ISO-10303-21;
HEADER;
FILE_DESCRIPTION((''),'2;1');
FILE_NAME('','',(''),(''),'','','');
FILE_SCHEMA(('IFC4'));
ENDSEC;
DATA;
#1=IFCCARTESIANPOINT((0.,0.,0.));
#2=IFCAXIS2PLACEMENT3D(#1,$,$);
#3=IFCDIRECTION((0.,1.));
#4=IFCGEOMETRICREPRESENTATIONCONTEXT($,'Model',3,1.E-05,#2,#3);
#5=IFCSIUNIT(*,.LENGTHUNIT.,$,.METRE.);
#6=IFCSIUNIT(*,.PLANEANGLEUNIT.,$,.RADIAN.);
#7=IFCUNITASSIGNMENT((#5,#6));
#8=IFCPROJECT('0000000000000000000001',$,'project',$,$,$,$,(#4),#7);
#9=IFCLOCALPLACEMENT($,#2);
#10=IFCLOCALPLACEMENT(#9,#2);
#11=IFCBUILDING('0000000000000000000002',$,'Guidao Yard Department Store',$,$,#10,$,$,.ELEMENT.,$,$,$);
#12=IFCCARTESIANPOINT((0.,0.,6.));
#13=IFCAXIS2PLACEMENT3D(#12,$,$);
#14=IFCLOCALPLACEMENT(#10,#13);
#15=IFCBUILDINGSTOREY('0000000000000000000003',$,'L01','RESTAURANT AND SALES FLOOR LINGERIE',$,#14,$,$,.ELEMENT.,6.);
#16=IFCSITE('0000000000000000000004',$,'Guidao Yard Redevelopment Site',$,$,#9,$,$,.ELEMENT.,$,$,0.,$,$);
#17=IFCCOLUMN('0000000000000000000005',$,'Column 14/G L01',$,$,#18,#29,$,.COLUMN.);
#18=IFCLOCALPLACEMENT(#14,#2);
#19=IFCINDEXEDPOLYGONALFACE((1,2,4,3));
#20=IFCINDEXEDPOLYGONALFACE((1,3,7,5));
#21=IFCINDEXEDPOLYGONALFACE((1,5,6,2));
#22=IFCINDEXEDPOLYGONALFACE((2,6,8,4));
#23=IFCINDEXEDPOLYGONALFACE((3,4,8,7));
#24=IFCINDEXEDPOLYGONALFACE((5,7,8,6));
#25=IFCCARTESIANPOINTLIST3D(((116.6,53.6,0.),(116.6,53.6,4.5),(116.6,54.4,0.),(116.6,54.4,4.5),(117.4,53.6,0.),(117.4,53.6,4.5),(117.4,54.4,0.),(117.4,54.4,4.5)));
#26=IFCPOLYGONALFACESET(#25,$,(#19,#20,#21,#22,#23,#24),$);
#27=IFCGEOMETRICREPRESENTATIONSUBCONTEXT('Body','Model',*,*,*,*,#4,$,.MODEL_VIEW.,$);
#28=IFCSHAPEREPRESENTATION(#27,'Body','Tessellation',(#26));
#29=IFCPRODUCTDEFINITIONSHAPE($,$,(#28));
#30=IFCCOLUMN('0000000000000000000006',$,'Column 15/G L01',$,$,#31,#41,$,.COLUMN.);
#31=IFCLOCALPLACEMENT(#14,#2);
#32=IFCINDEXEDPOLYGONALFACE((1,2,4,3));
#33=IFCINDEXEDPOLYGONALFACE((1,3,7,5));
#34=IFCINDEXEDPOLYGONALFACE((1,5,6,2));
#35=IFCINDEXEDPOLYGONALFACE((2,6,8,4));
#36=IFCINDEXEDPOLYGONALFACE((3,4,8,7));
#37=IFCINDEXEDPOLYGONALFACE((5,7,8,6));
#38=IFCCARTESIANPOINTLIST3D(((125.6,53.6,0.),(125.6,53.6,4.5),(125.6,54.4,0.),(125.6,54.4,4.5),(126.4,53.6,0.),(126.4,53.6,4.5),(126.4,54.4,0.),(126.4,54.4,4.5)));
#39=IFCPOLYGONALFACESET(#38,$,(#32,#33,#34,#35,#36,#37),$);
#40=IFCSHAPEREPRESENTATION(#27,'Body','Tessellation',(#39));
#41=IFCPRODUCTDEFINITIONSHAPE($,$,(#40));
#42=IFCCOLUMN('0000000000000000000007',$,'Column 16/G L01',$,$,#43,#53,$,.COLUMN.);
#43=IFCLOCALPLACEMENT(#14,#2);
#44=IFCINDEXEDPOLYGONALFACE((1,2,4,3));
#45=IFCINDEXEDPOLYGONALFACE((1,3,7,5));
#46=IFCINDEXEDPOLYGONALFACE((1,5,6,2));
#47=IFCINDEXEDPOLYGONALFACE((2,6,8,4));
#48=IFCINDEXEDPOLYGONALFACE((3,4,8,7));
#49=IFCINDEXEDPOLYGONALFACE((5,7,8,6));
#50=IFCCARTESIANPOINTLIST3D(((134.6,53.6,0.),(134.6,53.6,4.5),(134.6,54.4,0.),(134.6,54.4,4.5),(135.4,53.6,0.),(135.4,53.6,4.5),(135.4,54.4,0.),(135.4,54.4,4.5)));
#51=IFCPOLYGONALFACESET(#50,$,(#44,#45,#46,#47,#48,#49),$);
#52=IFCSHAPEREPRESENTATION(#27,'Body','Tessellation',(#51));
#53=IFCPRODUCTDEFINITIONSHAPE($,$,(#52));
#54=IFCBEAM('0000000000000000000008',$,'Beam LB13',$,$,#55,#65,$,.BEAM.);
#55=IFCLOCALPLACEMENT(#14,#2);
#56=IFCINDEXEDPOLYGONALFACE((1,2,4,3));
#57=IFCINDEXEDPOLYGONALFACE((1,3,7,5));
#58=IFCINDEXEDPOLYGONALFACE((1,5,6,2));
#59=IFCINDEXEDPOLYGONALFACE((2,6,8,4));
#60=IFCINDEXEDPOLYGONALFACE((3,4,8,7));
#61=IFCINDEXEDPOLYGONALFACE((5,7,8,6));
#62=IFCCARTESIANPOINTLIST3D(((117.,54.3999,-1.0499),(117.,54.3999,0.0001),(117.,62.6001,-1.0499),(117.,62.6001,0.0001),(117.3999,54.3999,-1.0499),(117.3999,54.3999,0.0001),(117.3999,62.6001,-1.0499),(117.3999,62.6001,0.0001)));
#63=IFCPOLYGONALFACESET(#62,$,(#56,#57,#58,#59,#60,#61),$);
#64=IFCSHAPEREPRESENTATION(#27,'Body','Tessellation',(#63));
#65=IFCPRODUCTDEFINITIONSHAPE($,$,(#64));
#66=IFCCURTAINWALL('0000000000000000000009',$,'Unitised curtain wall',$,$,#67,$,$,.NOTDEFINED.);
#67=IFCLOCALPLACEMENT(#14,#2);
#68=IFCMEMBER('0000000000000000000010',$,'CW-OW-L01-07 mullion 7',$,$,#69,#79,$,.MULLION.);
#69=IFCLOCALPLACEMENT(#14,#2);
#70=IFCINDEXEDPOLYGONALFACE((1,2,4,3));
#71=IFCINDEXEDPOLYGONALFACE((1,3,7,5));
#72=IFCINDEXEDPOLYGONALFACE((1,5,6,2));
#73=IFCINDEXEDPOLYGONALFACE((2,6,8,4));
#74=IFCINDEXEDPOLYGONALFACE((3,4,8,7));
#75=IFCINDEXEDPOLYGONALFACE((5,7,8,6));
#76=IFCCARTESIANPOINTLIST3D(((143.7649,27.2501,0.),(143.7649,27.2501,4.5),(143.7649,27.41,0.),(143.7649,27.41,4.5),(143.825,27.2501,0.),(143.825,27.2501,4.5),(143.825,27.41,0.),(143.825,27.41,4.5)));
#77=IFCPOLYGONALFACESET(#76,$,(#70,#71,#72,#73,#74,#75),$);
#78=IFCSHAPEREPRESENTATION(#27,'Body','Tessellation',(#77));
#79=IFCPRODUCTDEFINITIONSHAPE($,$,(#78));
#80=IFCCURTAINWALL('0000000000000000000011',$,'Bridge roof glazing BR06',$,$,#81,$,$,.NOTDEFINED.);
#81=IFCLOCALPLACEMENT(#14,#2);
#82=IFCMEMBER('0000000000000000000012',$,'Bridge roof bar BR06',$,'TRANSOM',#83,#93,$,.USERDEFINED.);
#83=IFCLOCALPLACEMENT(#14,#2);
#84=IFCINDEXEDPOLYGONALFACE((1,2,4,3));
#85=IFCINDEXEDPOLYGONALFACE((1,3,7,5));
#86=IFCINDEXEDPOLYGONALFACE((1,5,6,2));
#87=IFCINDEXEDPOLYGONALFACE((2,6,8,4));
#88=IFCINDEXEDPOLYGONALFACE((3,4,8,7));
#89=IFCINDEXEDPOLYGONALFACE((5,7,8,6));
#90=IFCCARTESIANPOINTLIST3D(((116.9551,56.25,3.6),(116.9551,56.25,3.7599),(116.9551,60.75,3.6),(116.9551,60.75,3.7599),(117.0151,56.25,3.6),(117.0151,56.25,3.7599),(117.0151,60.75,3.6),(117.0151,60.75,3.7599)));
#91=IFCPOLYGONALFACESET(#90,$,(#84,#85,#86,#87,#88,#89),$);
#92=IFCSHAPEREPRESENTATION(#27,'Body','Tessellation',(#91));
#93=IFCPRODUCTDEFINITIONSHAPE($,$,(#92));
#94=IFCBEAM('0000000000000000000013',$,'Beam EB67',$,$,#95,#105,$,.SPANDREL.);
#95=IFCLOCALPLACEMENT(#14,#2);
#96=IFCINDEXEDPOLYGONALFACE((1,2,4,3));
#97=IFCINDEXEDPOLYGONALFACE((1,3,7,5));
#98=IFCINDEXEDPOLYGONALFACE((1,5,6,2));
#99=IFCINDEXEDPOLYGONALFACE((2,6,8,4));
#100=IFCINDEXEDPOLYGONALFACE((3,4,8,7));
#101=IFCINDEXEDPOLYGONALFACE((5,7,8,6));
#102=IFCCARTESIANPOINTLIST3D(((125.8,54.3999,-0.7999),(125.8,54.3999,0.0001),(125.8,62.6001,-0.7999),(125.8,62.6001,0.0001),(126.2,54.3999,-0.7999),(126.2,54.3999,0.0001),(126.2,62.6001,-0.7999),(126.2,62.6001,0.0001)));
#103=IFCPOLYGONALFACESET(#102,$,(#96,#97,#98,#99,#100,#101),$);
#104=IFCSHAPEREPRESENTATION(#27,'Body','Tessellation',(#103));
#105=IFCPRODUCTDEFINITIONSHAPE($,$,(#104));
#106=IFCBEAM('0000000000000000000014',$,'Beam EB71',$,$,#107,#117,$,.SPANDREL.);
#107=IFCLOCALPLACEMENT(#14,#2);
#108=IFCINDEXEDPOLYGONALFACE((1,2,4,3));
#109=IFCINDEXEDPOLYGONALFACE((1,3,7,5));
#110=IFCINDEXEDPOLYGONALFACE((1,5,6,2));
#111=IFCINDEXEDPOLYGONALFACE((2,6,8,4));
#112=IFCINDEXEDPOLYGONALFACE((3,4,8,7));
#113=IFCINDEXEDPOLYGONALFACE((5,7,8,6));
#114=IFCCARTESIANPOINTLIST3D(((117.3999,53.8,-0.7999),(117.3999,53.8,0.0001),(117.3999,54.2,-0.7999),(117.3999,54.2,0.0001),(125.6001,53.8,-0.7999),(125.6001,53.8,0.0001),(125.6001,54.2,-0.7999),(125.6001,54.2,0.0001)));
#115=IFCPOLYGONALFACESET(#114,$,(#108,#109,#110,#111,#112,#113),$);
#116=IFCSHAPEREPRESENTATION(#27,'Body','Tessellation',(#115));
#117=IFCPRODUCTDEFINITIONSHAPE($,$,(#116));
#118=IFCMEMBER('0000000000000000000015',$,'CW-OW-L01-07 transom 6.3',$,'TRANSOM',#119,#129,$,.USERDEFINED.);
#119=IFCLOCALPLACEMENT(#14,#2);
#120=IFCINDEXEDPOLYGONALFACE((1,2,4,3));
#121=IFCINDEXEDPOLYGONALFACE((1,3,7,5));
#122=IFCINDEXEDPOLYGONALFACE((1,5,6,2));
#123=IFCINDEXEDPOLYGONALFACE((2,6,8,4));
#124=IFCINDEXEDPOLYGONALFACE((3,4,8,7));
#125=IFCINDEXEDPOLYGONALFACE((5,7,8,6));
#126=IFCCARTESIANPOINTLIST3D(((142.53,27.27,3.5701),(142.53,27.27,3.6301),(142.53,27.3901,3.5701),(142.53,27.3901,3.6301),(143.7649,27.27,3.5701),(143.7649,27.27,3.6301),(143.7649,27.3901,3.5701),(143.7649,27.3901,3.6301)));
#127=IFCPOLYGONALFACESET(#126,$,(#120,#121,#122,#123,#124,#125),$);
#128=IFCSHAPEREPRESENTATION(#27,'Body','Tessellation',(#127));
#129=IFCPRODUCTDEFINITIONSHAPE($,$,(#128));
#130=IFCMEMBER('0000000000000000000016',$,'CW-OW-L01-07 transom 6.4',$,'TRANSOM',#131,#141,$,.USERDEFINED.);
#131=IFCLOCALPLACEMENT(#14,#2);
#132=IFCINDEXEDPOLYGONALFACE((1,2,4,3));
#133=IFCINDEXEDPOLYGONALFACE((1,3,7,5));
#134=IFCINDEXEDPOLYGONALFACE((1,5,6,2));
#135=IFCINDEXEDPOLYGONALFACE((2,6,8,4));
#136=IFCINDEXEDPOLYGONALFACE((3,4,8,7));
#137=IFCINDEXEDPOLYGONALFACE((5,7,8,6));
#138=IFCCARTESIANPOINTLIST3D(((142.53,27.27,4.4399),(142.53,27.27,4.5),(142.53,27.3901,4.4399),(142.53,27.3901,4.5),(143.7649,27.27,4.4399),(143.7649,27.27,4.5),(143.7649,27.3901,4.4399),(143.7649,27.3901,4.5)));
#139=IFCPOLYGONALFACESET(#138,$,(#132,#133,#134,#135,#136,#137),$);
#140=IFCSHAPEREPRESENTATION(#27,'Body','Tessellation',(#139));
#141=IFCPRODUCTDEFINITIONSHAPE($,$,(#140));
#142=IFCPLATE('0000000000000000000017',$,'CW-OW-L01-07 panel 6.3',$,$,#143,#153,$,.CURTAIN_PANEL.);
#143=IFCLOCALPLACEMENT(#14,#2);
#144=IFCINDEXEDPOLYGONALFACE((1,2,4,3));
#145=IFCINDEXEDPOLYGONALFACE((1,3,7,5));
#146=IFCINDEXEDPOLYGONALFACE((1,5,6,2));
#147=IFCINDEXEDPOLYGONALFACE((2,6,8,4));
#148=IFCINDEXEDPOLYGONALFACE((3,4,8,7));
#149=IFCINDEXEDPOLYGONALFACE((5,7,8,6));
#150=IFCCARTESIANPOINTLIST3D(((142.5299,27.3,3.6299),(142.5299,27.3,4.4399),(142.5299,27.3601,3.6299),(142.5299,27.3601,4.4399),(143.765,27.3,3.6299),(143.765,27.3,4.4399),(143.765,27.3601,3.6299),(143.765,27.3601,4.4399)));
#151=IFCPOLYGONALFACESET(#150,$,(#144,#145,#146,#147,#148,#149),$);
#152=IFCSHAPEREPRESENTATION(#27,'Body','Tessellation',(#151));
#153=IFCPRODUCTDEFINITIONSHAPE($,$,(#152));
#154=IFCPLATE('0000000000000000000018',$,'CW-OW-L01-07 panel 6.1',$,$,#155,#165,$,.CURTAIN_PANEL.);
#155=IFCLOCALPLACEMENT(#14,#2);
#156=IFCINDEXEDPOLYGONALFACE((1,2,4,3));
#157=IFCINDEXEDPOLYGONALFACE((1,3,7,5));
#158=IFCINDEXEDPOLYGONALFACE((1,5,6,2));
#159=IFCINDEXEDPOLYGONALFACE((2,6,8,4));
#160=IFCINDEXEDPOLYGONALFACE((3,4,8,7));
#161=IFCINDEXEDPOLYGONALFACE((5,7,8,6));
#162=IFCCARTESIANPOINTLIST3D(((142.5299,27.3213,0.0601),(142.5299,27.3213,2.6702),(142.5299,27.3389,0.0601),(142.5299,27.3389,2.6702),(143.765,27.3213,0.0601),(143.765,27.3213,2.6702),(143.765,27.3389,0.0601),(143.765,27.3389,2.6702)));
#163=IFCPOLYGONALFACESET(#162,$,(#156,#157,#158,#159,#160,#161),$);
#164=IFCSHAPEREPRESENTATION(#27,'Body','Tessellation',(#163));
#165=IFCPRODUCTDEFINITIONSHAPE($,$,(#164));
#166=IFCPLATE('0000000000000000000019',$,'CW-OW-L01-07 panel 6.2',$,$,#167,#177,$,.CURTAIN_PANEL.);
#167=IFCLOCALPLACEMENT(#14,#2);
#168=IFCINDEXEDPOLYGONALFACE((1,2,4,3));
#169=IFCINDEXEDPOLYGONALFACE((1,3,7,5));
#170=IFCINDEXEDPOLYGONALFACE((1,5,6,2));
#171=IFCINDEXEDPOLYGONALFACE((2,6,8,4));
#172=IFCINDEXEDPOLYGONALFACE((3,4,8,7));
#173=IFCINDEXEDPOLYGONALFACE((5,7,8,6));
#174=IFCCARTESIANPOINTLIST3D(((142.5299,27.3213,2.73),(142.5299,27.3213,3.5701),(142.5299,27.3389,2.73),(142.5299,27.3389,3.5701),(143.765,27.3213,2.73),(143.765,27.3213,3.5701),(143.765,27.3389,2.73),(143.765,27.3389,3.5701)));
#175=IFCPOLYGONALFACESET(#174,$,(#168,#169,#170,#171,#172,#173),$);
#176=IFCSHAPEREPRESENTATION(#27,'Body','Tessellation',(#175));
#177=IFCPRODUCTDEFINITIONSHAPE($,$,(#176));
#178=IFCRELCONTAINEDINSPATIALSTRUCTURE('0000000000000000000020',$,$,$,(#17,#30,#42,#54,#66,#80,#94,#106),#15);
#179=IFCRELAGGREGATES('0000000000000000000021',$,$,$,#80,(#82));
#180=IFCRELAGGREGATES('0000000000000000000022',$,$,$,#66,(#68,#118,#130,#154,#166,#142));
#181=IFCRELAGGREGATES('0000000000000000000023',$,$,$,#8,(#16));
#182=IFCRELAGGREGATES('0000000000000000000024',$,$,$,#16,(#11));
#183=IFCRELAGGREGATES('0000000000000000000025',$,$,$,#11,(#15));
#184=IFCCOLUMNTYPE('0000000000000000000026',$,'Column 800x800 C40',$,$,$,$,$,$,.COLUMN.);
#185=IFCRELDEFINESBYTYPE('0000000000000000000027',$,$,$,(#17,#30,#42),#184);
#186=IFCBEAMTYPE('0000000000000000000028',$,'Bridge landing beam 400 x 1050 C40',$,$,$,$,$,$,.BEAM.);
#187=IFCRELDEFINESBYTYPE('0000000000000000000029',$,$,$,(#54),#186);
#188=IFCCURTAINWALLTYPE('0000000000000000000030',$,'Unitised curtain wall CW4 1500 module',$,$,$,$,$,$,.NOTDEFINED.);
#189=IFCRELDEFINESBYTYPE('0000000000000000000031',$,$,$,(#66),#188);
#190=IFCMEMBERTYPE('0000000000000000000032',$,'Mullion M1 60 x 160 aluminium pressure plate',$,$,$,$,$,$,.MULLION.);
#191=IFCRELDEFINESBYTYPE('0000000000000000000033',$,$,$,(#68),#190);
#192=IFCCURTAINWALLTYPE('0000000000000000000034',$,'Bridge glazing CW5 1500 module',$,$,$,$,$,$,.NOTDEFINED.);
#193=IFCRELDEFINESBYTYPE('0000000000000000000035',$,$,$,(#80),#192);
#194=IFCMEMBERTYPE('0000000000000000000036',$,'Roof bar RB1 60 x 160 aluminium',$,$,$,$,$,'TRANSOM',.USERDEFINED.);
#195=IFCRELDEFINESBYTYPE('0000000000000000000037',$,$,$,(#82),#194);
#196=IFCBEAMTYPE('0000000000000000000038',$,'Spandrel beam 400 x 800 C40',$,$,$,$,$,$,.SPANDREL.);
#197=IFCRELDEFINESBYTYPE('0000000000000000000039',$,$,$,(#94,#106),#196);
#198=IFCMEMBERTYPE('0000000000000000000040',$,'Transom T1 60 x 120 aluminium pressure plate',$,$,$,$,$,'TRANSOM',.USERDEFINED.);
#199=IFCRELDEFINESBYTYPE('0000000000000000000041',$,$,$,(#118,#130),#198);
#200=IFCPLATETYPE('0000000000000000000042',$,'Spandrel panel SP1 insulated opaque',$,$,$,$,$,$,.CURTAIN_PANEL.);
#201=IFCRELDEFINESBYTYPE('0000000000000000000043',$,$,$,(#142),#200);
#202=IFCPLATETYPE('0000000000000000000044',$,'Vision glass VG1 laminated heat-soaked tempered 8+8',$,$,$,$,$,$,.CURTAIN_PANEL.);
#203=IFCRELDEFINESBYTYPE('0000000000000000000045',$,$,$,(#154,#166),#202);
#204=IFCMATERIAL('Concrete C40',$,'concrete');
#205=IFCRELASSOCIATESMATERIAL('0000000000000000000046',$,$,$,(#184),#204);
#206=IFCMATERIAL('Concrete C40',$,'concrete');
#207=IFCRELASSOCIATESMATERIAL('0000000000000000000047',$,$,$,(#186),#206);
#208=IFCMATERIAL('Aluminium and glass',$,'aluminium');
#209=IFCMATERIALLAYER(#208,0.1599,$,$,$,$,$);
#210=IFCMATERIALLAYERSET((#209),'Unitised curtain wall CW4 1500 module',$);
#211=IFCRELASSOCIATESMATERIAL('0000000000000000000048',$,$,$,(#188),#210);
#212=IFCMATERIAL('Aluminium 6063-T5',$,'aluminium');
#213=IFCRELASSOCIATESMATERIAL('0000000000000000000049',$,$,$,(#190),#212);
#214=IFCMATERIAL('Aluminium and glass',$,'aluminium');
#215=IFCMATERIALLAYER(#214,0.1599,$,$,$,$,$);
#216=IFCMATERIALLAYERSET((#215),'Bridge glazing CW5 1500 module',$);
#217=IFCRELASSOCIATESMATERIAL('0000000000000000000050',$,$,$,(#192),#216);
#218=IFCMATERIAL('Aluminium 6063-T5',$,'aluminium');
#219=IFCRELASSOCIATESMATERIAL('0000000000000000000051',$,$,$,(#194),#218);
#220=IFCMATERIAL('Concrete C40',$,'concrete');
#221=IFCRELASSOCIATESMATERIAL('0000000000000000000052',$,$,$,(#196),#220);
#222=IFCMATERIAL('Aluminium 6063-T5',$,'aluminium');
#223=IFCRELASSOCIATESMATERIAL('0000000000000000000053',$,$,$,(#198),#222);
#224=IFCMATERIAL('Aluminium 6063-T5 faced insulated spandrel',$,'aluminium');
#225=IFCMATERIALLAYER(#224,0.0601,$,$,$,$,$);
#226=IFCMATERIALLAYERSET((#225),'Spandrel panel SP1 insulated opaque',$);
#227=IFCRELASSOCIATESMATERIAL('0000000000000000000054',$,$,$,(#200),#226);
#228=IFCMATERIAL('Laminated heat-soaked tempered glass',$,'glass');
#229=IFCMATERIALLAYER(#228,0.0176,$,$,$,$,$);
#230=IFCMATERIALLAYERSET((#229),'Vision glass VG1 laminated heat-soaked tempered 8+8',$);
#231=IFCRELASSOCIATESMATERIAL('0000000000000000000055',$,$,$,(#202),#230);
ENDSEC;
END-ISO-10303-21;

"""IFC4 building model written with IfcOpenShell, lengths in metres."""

from ifc_helpers import new_model, si_unit, direction, frame, origin, origin_2d, place, context, subcontext, project, spatial, rectangle, extrude, material, layer, layer_set, material_profile, profile_set, type_object, element, aggregate, save


model = new_model("IFC4")

# Units and contexts
model_context = context("Model", 3, precision=1e-05, world=origin(), true_north=direction((0.0, 1.0)))
body_context = subcontext(model_context, "Body", "Model", "MODEL_VIEW")
ifc_project = project(units=[si_unit("LENGTHUNIT", "METRE"), si_unit("PLANEANGLEUNIT", "RADIAN")], contexts=[model_context])

# Site, building, storey
site_placement = place(None, origin())
site = spatial("IfcSite", under=ifc_project, at=site_placement, Name="Guidao Yard Redevelopment Site", CompositionType="ELEMENT", RefElevation=0.0)
building_placement = place(site_placement, origin())
building = spatial("IfcBuilding", under=site, at=building_placement, Name="Guidao Yard Department Store", CompositionType="ELEMENT")
storey_placement = place(building_placement, frame((0.0, 0.0, 6.0)))
storey = spatial("IfcBuildingStorey", under=building, at=storey_placement, Name="L01", Description="RESTAURANT AND SALES FLOOR LINGERIE", CompositionType="ELEMENT", Elevation=6.0)

# Columns
ifc_material_1 = material(Name="Concrete C40", Category="concrete")
ifc_material_profile_1 = material_profile(ifc_material_1, rectangle(XDim=0.8, YDim=0.8, at=origin_2d()), Name="COL 800x800")
ifc_profile_set_1 = profile_set([ifc_material_profile_1], Name="Concrete C40")
column_type = type_object("IfcColumnType", Name="Column 800x800 C40", PredefinedType="COLUMN", material=ifc_profile_set_1)
for number, where, z_axis, x_axis, name in (
    (1, (117.0, 54.0, 0.0), (0.0, 0.0, 1.0), (1.0, 0.0, 0.0), "Column 14/G L01"),
    (2, (126.0, 54.0, 0.0), (0.0, 0.0, 1.0), (1.0, 0.0, 0.0), "Column 15/G L01"),
    (3, (135.0, 54.0, 0.0), (0.0, 0.0, 1.0), (1.0, 0.0, 0.0), "Column 16/G L01"),
):
    element("IfcColumn", number, at=place(storey_placement, frame(where, z_axis=z_axis, x_axis=x_axis)), inside=storey, type_object=column_type, Name=name, PredefinedType="COLUMN", context=body_context, shape_type="SweptSolid", body=[
        extrude(rectangle(XDim=0.8, YDim=0.8, at=origin_2d()), origin(), (0.0, 0.0, 1.0), 4.5),
    ])

# Beam
ifc_material_2 = material(Name="Concrete C40", Category="concrete")
ifc_material_profile_2 = material_profile(ifc_material_2, rectangle(XDim=0.3999, YDim=1.05, at=origin_2d()), Name="Bridge landing beam 400 x 1050 C40")
ifc_profile_set_2 = profile_set([ifc_material_profile_2], Name="Concrete C40")
beam_type_1 = type_object("IfcBeamType", Name="Bridge landing beam 400 x 1050 C40", PredefinedType="BEAM", material=ifc_profile_set_2)
beam_placement = place(storey_placement, frame((117.2, 54.3999, -0.5249), z_axis=(0.0, 1.0, 0.0), x_axis=(-1.0, 0.0, 0.0)))
element("IfcBeam", 4, at=beam_placement, inside=storey, type_object=beam_type_1, Name="Beam LB13", PredefinedType="BEAM", context=body_context, shape_type="SweptSolid", body=[
    extrude(rectangle(XDim=0.3999, YDim=1.05, at=origin_2d()), origin(), (0.0, 0.0, 1.0), 8.2002),
])

# Curtain walls, members
ifc_material_3 = material(Name="Aluminium and glass", Category="aluminium")
ifc_layer_1 = layer(ifc_material_3, 0.1599)
ifc_layer_set_1 = layer_set([ifc_layer_1], Name="Unitised curtain wall CW4 1500 module")
curtain_wall_type_1 = type_object("IfcCurtainWallType", Name="Unitised curtain wall CW4 1500 module", PredefinedType="NOTDEFINED", material=ifc_layer_set_1)
curtain_wall_1_placement = place(storey_placement, origin())
curtain_wall_1 = element("IfcCurtainWall", 5, at=curtain_wall_1_placement, inside=storey, type_object=curtain_wall_type_1, Name="Unitised curtain wall", PredefinedType="NOTDEFINED")
ifc_material_4 = material(Name="Aluminium 6063-T5", Category="aluminium")
ifc_material_profile_3 = material_profile(ifc_material_4, rectangle(XDim=0.0601, YDim=0.1599, at=origin_2d()), Name="Mullion M1 60 x 160 aluminium pressure plate")
ifc_profile_set_3 = profile_set([ifc_material_profile_3], Name="Aluminium 6063-T5")
member_type_1 = type_object("IfcMemberType", Name="Mullion M1 60 x 160 aluminium pressure plate", PredefinedType="MULLION", material=ifc_profile_set_3)
member_1_placement = place(storey_placement, frame((143.7949, 27.3301, 0.0), z_axis=(0.0, 0.0, 1.0), x_axis=(1.0, 0.0, 0.0)))
member_1 = element("IfcMember", 6, at=member_1_placement, type_object=member_type_1, Name="CW-OW-L01-07 mullion 7", PredefinedType="MULLION", context=body_context, shape_type="SweptSolid", body=[
    extrude(rectangle(XDim=0.0601, YDim=0.1599, at=origin_2d()), origin(), (0.0, 0.0, 1.0), 4.5),
])
ifc_material_5 = material(Name="Aluminium and glass", Category="aluminium")
ifc_layer_2 = layer(ifc_material_5, 0.1599)
ifc_layer_set_2 = layer_set([ifc_layer_2], Name="Bridge glazing CW5 1500 module")
curtain_wall_type_2 = type_object("IfcCurtainWallType", Name="Bridge glazing CW5 1500 module", PredefinedType="NOTDEFINED", material=ifc_layer_set_2)
curtain_wall_2_placement = place(storey_placement, origin())
curtain_wall_2 = element("IfcCurtainWall", 7, at=curtain_wall_2_placement, inside=storey, type_object=curtain_wall_type_2, Name="Bridge roof glazing BR06", PredefinedType="NOTDEFINED")
ifc_material_6 = material(Name="Aluminium 6063-T5", Category="aluminium")
ifc_material_profile_4 = material_profile(ifc_material_6, rectangle(XDim=0.0601, YDim=0.1599, at=origin_2d()), Name="Roof bar RB1 60 x 160 aluminium")
ifc_profile_set_4 = profile_set([ifc_material_profile_4], Name="Aluminium 6063-T5")
member_type_2 = type_object("IfcMemberType", Name="Roof bar RB1 60 x 160 aluminium", ElementType="TRANSOM", PredefinedType="USERDEFINED", material=ifc_profile_set_4)
member_2_placement = place(storey_placement, frame((116.9851, 56.25, 3.6799), z_axis=(0.0, 1.0, 0.0), x_axis=(-1.0, 0.0, 0.0)))
member_2 = element("IfcMember", 8, at=member_2_placement, type_object=member_type_2, Name="Bridge roof bar BR06", ObjectType="TRANSOM", PredefinedType="USERDEFINED", context=body_context, shape_type="SweptSolid", body=[
    extrude(rectangle(XDim=0.0601, YDim=0.1599, at=origin_2d()), origin(), (0.0, 0.0, 1.0), 4.5),
])
aggregate(curtain_wall_2, [member_2])

# Beams
ifc_material_7 = material(Name="Concrete C40", Category="concrete")
ifc_material_profile_5 = material_profile(ifc_material_7, rectangle(XDim=0.3999, YDim=0.8, at=origin_2d()), Name="Spandrel beam 400 x 800 C40")
ifc_profile_set_5 = profile_set([ifc_material_profile_5], Name="Concrete C40")
beam_type_2 = type_object("IfcBeamType", Name="Spandrel beam 400 x 800 C40", PredefinedType="SPANDREL", material=ifc_profile_set_5)
for number, where, z_axis, x_axis, name in (
    (9, (126.0, 54.3999, -0.3999), (0.0, 1.0, 0.0), (-1.0, 0.0, 0.0), "Beam EB67"),
    (10, (117.3999, 54.0, -0.3999), (1.0, 0.0, 0.0), (0.0, 1.0, 0.0), "Beam EB71"),
):
    element("IfcBeam", number, at=place(storey_placement, frame(where, z_axis=z_axis, x_axis=x_axis)), inside=storey, type_object=beam_type_2, Name=name, PredefinedType="SPANDREL", context=body_context, shape_type="SweptSolid", body=[
        extrude(rectangle(XDim=0.3999, YDim=0.8, at=origin_2d()), origin(), (0.0, 0.0, 1.0), 8.2002),
    ])

# Members
ifc_material_8 = material(Name="Aluminium 6063-T5", Category="aluminium")
ifc_material_profile_6 = material_profile(ifc_material_8, rectangle(XDim=0.1201, YDim=0.0601, at=origin_2d()), Name="Transom T1 60 x 120 aluminium pressure plate")
ifc_profile_set_6 = profile_set([ifc_material_profile_6], Name="Aluminium 6063-T5")
member_type_3 = type_object("IfcMemberType", Name="Transom T1 60 x 120 aluminium pressure plate", ElementType="TRANSOM", PredefinedType="USERDEFINED", material=ifc_profile_set_6)
member_3_placement = place(storey_placement, frame((142.53, 27.3301, 3.6001), z_axis=(1.0, 0.0, 0.0), x_axis=(0.0, 1.0, 0.0)))
member_3 = element("IfcMember", 11, at=member_3_placement, type_object=member_type_3, Name="CW-OW-L01-07 transom 6.3", ObjectType="TRANSOM", PredefinedType="USERDEFINED", context=body_context, shape_type="SweptSolid", body=[
    extrude(rectangle(XDim=0.1201, YDim=0.0601, at=origin_2d()), origin(), (0.0, 0.0, 1.0), 1.2349),
])
member_4_placement = place(storey_placement, frame((142.53, 27.3301, 4.47), z_axis=(1.0, 0.0, 0.0), x_axis=(0.0, 1.0, 0.0)))
member_4 = element("IfcMember", 12, at=member_4_placement, type_object=member_type_3, Name="CW-OW-L01-07 transom 6.4", ObjectType="TRANSOM", PredefinedType="USERDEFINED", context=body_context, shape_type="SweptSolid", body=[
    extrude(rectangle(XDim=0.1201, YDim=0.0601, at=origin_2d()), origin(), (0.0, 0.0, 1.0), 1.2349),
])

# Plates
ifc_material_9 = material(Name="Aluminium 6063-T5 faced insulated spandrel", Category="aluminium")
ifc_layer_3 = layer(ifc_material_9, 0.0601)
ifc_layer_set_3 = layer_set([ifc_layer_3], Name="Spandrel panel SP1 insulated opaque")
plate_type_1 = type_object("IfcPlateType", Name="Spandrel panel SP1 insulated opaque", PredefinedType="CURTAIN_PANEL", material=ifc_layer_set_3)
plate_1_placement = place(storey_placement, frame((143.1475, 27.3301, 3.6299), z_axis=(0.0, 0.0, 1.0), x_axis=(1.0, 0.0, 0.0)))
plate_1 = element("IfcPlate", 13, at=plate_1_placement, type_object=plate_type_1, Name="CW-OW-L01-07 panel 6.3", PredefinedType="CURTAIN_PANEL", context=body_context, shape_type="SweptSolid", body=[
    extrude(rectangle(XDim=1.2351, YDim=0.0601, at=origin_2d()), origin(), (0.0, 0.0, 1.0), 0.8101),
])
ifc_material_10 = material(Name="Laminated heat-soaked tempered glass", Category="glass")
ifc_layer_4 = layer(ifc_material_10, 0.0176)
ifc_layer_set_4 = layer_set([ifc_layer_4], Name="Vision glass VG1 laminated heat-soaked tempered 8+8")
plate_type_2 = type_object("IfcPlateType", Name="Vision glass VG1 laminated heat-soaked tempered 8+8", PredefinedType="CURTAIN_PANEL", material=ifc_layer_set_4)
plate_2_placement = place(storey_placement, frame((143.1475, 27.3301, 0.0601), z_axis=(0.0, 0.0, 1.0), x_axis=(1.0, 0.0, 0.0)))
plate_2 = element("IfcPlate", 14, at=plate_2_placement, type_object=plate_type_2, Name="CW-OW-L01-07 panel 6.1", PredefinedType="CURTAIN_PANEL", context=body_context, shape_type="SweptSolid", body=[
    extrude(rectangle(XDim=1.2351, YDim=0.0176, at=origin_2d()), origin(), (0.0, 0.0, 1.0), 2.6101),
])
plate_3_placement = place(storey_placement, frame((143.1475, 27.3301, 2.73), z_axis=(0.0, 0.0, 1.0), x_axis=(1.0, 0.0, 0.0)))
plate_3 = element("IfcPlate", 15, at=plate_3_placement, type_object=plate_type_2, Name="CW-OW-L01-07 panel 6.2", PredefinedType="CURTAIN_PANEL", context=body_context, shape_type="SweptSolid", body=[
    extrude(rectangle(XDim=1.2351, YDim=0.0176, at=origin_2d()), origin(), (0.0, 0.0, 1.0), 0.8401),
])
aggregate(curtain_wall_1, [member_1, member_3, member_4, plate_2, plate_3, plate_1])

save(model, "model.ifc")
